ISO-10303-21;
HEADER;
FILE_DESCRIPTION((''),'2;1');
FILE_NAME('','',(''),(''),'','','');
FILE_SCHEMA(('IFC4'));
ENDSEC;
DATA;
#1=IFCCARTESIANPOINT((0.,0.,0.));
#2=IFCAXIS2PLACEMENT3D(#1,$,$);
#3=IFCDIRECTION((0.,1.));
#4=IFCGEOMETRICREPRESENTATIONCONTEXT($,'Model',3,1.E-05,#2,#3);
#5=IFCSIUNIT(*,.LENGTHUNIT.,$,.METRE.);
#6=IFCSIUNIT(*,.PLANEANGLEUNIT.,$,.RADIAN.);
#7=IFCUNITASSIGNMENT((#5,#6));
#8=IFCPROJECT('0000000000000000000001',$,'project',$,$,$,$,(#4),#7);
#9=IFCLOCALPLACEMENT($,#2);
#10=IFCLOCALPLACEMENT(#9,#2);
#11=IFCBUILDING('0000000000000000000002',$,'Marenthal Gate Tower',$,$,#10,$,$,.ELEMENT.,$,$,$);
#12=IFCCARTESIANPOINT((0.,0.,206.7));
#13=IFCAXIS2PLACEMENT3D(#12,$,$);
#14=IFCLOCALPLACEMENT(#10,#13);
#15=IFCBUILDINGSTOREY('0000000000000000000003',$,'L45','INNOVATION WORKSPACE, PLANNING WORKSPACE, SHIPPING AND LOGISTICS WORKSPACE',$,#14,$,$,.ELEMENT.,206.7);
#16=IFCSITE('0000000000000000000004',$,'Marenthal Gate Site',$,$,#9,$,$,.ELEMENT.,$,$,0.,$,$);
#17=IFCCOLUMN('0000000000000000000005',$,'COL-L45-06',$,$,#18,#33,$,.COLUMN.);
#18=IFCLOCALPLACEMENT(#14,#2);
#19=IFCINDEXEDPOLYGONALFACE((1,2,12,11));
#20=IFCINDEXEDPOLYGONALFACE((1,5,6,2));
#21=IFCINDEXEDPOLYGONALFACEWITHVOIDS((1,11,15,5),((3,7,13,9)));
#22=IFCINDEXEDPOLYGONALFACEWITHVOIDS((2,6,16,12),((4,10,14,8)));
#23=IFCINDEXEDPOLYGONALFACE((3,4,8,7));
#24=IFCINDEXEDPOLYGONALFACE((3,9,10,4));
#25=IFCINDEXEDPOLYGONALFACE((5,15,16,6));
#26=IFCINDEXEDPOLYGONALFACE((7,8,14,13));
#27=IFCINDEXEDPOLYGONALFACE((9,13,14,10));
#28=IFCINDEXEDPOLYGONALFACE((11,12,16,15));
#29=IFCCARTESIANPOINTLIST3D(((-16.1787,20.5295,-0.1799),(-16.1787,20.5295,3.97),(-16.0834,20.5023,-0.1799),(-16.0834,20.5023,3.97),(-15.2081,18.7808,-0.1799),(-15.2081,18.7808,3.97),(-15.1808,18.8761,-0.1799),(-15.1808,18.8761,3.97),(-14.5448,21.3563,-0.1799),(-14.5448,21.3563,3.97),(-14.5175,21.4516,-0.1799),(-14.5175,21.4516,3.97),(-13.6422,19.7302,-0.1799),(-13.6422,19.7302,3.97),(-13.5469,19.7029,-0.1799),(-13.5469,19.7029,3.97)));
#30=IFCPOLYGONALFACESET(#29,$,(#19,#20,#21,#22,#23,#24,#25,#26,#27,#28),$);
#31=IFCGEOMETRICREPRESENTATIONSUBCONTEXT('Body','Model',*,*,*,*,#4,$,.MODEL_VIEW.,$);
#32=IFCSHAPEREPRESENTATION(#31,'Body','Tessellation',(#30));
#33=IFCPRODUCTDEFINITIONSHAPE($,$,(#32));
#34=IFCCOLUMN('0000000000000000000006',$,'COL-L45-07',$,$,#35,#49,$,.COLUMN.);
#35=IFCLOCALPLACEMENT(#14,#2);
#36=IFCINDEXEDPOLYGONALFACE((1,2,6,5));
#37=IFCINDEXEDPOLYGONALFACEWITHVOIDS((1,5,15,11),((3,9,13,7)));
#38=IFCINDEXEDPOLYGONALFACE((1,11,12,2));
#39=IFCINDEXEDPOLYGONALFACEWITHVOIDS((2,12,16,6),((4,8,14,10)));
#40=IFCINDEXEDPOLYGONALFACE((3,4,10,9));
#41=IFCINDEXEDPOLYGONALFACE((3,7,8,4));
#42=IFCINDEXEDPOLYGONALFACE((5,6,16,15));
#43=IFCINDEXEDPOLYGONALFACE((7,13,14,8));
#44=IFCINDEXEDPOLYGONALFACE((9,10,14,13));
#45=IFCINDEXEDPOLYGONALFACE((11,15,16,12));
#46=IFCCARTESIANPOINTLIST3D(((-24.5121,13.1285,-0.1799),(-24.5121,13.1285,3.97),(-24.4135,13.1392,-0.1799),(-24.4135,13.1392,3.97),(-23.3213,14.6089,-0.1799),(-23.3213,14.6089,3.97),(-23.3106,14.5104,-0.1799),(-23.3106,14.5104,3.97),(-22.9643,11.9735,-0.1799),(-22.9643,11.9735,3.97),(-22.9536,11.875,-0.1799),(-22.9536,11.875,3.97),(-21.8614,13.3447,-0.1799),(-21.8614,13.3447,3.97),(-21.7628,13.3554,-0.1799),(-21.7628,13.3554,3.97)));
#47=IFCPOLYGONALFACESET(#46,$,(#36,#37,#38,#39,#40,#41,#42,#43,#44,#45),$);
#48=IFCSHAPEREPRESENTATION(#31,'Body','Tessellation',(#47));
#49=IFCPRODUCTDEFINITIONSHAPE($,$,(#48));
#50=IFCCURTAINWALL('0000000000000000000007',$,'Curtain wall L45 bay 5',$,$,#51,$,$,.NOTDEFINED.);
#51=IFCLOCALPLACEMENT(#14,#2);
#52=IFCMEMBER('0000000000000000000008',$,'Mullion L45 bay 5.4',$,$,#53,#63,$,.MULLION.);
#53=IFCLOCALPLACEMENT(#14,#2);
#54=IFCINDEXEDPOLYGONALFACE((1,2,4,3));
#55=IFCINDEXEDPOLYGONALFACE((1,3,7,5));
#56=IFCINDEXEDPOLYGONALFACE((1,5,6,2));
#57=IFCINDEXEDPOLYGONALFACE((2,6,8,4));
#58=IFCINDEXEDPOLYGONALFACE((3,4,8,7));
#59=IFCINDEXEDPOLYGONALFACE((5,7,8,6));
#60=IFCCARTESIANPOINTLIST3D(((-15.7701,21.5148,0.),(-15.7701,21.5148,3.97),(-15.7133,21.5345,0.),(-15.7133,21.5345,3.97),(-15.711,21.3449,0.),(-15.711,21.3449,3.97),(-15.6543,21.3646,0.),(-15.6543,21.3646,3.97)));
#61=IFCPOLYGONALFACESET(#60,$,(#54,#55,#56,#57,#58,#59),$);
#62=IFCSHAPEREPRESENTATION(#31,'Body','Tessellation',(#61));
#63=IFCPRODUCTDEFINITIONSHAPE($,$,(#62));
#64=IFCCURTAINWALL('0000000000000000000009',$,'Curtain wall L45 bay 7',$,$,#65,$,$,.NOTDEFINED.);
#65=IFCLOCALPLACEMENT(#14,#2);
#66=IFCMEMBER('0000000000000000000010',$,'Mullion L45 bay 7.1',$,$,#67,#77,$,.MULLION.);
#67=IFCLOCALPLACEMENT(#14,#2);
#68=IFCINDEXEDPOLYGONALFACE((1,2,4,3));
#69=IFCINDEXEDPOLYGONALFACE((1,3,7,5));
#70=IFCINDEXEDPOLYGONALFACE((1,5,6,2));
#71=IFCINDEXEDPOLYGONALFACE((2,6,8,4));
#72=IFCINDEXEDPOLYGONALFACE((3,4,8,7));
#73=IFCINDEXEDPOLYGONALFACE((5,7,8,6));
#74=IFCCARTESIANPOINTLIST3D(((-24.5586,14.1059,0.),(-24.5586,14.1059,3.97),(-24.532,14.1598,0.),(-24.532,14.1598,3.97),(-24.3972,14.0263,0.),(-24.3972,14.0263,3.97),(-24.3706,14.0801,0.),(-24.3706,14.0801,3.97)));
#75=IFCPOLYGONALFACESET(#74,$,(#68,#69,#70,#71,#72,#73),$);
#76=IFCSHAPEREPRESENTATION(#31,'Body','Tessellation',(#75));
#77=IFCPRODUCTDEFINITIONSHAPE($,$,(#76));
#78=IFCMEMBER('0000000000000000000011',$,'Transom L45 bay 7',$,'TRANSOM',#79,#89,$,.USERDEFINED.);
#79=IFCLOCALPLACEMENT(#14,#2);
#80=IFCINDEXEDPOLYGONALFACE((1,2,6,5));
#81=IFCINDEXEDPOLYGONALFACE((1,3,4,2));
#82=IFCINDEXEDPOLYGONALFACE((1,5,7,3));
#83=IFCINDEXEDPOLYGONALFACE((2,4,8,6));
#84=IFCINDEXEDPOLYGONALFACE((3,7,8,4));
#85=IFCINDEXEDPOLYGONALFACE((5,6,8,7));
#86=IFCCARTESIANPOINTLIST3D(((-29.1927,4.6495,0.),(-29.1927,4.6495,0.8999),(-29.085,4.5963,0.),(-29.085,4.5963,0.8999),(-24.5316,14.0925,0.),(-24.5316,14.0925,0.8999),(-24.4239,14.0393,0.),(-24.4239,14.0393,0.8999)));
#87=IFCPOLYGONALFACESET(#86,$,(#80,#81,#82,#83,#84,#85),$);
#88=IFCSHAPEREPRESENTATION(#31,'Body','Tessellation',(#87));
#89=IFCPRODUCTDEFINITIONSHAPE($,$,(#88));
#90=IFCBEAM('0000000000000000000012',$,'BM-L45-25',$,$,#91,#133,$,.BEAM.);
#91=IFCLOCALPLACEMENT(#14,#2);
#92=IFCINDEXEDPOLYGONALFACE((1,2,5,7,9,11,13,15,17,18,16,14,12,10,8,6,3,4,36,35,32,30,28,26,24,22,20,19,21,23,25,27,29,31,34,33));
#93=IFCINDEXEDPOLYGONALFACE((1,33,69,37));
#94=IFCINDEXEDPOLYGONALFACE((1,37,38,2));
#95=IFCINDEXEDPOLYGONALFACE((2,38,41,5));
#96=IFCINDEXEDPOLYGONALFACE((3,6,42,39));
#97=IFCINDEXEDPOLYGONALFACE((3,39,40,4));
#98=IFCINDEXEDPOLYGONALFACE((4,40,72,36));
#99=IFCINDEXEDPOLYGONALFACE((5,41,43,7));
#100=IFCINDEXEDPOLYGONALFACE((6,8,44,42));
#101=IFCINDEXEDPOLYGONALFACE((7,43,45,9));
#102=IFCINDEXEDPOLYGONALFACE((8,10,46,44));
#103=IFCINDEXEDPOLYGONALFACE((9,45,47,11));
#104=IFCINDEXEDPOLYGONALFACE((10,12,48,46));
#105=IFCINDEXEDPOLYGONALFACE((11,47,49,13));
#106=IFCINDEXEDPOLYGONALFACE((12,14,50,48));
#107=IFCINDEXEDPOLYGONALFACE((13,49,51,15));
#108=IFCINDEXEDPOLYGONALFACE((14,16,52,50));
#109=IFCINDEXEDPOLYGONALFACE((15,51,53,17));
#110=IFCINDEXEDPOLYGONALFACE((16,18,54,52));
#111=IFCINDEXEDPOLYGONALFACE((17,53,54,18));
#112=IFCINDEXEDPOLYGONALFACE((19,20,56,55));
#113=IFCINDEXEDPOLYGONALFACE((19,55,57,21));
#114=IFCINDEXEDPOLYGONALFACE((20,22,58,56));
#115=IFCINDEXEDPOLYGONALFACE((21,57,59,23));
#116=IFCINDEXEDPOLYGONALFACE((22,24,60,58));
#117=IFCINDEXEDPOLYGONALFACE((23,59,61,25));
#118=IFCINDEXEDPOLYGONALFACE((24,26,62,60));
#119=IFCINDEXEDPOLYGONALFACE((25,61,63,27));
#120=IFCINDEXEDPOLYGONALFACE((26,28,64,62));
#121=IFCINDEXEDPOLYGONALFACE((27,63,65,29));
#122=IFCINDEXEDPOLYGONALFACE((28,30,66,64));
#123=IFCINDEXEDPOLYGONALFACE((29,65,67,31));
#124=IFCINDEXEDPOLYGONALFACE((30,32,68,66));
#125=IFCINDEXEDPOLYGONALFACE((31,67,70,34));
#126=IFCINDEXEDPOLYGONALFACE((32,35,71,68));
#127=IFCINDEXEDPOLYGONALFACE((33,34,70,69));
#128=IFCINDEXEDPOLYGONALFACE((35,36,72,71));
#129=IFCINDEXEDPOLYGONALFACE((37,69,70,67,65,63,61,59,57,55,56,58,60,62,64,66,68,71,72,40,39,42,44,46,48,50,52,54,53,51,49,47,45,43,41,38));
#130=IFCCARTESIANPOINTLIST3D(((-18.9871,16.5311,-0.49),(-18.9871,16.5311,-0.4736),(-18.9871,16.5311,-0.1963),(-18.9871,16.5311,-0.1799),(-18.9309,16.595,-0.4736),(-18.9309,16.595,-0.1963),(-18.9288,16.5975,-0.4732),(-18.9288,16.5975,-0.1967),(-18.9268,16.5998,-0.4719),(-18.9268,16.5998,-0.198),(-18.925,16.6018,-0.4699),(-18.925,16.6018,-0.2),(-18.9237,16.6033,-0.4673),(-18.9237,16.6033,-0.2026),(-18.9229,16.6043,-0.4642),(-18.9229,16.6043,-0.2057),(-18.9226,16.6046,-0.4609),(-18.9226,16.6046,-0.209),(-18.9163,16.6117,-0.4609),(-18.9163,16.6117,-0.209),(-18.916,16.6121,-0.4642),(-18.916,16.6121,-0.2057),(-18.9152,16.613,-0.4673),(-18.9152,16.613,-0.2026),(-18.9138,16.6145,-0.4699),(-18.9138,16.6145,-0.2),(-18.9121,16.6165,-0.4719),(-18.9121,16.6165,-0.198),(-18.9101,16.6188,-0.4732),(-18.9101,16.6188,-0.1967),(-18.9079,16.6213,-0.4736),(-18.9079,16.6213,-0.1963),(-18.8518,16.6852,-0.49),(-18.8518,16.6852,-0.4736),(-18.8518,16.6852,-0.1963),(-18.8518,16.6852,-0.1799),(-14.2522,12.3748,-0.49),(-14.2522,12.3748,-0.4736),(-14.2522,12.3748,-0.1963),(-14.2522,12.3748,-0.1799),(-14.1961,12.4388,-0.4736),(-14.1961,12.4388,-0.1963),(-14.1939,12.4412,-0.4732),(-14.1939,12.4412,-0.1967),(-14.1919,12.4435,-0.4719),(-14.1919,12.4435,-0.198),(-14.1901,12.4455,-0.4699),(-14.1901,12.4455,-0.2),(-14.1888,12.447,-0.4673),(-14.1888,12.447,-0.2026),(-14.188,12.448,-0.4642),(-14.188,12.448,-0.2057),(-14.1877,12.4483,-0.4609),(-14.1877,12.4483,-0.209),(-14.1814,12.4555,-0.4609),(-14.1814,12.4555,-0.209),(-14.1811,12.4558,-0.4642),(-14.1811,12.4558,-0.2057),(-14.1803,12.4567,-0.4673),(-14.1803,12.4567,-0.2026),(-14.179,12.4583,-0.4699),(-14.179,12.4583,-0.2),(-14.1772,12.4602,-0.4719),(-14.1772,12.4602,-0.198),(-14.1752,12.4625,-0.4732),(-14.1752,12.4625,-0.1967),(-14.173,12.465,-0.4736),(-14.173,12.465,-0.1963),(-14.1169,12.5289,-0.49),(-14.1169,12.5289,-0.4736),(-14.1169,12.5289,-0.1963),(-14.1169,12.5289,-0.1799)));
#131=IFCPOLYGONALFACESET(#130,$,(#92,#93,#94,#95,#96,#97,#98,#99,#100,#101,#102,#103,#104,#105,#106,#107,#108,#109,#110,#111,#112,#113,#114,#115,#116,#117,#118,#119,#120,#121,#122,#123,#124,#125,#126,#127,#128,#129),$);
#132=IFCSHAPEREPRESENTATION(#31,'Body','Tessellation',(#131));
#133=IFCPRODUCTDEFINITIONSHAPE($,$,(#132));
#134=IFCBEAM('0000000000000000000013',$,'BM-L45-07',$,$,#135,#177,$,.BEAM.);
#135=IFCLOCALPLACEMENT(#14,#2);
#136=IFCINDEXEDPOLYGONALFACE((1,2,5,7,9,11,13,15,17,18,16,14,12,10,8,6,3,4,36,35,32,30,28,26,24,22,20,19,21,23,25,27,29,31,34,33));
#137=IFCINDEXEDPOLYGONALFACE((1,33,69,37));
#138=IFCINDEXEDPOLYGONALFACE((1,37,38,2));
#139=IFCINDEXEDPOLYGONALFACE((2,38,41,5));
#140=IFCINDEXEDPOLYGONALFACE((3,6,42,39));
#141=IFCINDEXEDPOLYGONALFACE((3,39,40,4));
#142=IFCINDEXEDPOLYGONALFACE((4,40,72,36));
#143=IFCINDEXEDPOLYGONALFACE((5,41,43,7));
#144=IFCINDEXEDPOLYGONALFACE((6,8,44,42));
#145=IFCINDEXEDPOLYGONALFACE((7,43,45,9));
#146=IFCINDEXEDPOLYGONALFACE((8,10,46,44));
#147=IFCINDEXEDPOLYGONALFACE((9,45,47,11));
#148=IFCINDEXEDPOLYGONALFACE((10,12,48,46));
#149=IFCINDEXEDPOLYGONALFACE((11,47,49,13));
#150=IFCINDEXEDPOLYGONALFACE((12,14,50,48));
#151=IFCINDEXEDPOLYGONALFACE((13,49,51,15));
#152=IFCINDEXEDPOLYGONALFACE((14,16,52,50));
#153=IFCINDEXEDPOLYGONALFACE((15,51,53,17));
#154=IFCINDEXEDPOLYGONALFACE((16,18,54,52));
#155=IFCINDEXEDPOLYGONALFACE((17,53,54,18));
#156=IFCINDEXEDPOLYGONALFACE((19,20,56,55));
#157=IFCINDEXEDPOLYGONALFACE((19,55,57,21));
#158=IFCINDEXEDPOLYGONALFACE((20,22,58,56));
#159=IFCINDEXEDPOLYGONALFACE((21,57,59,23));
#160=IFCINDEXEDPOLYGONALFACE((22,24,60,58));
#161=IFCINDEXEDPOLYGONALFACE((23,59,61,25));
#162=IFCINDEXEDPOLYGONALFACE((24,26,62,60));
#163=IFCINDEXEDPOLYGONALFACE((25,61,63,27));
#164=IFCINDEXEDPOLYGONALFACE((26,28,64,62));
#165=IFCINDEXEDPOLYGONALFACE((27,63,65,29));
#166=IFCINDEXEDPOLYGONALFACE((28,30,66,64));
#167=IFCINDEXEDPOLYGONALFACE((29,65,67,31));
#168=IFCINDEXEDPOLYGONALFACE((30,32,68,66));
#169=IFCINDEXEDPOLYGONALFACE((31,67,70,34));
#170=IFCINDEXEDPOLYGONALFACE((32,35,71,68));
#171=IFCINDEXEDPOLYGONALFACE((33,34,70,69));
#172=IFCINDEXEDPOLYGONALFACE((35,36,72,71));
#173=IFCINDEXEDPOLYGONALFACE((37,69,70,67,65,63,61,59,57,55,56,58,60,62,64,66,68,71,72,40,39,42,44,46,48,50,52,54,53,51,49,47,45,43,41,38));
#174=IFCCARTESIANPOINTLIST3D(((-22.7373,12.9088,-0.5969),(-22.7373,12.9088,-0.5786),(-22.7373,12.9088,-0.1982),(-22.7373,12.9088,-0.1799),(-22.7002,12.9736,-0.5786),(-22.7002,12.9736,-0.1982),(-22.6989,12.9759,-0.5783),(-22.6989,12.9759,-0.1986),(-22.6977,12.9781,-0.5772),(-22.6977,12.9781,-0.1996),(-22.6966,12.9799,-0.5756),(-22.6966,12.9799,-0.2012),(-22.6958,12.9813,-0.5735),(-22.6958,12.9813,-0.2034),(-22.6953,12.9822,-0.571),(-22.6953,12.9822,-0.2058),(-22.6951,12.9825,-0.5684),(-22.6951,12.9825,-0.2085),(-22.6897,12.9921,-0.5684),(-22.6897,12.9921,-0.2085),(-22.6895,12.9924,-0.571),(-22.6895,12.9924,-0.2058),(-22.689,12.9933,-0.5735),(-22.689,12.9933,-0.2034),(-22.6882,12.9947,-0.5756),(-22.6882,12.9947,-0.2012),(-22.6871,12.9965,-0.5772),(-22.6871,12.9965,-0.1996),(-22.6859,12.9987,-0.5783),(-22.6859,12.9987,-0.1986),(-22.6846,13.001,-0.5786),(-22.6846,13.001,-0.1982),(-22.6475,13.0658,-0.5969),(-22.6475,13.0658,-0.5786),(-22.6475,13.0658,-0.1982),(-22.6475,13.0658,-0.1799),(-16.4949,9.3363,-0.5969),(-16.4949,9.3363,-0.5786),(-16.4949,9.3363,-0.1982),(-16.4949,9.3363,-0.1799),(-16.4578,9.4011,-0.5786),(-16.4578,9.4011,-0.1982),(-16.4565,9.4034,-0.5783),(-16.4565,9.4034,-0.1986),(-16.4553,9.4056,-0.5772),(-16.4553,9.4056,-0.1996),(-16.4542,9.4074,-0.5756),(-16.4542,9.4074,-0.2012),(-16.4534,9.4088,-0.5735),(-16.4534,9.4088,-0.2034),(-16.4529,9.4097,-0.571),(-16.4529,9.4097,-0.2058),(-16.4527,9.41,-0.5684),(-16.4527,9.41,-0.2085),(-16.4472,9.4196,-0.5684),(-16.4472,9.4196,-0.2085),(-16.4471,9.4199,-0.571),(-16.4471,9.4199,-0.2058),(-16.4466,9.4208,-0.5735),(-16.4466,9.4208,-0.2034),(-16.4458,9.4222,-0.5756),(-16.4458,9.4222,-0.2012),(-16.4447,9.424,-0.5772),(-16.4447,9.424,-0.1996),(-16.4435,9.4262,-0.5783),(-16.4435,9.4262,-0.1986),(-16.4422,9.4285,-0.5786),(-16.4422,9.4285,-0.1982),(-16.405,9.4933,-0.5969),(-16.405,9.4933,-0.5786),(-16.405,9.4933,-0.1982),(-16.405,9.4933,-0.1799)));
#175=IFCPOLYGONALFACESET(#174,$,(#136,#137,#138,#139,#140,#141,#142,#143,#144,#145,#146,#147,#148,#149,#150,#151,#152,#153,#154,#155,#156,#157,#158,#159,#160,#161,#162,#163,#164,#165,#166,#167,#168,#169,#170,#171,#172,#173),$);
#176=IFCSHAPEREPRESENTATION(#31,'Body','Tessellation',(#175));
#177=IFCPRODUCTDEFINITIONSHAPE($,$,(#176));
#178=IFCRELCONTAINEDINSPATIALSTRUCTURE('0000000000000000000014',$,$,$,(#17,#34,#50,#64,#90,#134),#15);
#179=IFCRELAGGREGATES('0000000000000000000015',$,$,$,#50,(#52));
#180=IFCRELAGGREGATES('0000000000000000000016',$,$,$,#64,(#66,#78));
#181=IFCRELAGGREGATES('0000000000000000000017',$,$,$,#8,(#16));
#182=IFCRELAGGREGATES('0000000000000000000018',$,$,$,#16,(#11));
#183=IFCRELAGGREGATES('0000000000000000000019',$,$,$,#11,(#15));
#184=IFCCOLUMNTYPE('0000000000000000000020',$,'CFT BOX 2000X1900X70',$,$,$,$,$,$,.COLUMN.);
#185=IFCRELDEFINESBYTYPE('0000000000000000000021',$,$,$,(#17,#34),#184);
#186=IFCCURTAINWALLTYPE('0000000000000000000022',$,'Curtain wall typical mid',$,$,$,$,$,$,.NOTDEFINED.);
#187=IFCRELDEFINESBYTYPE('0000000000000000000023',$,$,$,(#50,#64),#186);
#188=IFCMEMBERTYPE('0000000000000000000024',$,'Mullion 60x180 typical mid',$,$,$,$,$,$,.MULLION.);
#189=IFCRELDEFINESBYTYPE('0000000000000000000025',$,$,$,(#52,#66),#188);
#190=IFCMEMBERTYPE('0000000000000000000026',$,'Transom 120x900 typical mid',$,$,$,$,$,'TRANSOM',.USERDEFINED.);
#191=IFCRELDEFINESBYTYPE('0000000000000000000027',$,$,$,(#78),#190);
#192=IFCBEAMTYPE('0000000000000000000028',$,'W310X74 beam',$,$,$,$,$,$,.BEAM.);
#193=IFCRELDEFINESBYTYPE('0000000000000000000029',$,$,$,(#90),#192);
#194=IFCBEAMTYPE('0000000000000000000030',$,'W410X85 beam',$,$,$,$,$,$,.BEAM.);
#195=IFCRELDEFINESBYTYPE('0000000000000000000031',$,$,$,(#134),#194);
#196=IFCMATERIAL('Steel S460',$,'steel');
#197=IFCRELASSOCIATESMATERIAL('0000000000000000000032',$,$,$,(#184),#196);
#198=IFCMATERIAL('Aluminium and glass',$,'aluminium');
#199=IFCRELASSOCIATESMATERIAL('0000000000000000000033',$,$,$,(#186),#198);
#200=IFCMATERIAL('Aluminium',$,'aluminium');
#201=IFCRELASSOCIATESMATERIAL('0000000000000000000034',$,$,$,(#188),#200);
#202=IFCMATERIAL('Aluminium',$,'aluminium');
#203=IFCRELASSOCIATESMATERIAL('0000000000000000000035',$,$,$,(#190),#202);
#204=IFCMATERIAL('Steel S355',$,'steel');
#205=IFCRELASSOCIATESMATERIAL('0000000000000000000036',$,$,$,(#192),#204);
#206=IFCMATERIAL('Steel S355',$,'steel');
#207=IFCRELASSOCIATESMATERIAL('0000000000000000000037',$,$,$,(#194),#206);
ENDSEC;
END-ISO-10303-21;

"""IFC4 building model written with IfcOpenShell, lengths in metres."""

from ifc_helpers import new_model, si_unit, direction, frame, origin, origin_2d, place, context, subcontext, project, spatial, rectangle, hollow_rectangle, i_section, extrude, material, material_profile, profile_set, type_object, element, aggregate, save


model = new_model("IFC4")

# Units and contexts
model_context = context("Model", 3, precision=1e-05, world=origin(), true_north=direction((0.0, 1.0)))
body_context = subcontext(model_context, "Body", "Model", "MODEL_VIEW")
ifc_project = project(units=[si_unit("LENGTHUNIT", "METRE"), si_unit("PLANEANGLEUNIT", "RADIAN")], contexts=[model_context])

# Site, building, storey
site_placement = place(None, origin())
site = spatial("IfcSite", under=ifc_project, at=site_placement, Name="Marenthal Gate Site", CompositionType="ELEMENT", RefElevation=0.0)
building_placement = place(site_placement, origin())
building = spatial("IfcBuilding", under=site, at=building_placement, Name="Marenthal Gate Tower", CompositionType="ELEMENT")
storey_placement = place(building_placement, frame((0.0, 0.0, 206.7)))
storey = spatial("IfcBuildingStorey", under=building, at=storey_placement, Name="L45", Description="INNOVATION WORKSPACE, PLANNING WORKSPACE, SHIPPING AND LOGISTICS WORKSPACE", CompositionType="ELEMENT", Elevation=206.7)

# Columns
ifc_material_1 = material(Name="Steel S460", Category="steel")
ifc_material_profile_1 = material_profile(ifc_material_1, hollow_rectangle(XDim=1.8999, YDim=2.0, WallThickness=0.0701, at=origin_2d()), Name="CFT BOX 2000X1900X70")
ifc_material_2 = material(Name="Concrete 70 MPa", Category="concrete")
ifc_material_profile_2 = material_profile(ifc_material_2, rectangle(XDim=1.76, YDim=1.8601, at=origin_2d()), Name="CFT BOX 2000X1900X70 INFILL")
ifc_profile_set_1 = profile_set([ifc_material_profile_1, ifc_material_profile_2], Name="Steel S460 shell, Concrete 70 MPa infill")
column_type = type_object("IfcColumnType", Name="CFT BOX 2000X1900X70", PredefinedType="COLUMN", material=ifc_profile_set_1)
for number, where, z_axis, x_axis, name in (
    (1, (-14.8628, 20.1162, -0.1799), (0.0, 0.0, 1.0), (0.874337, 0.485319, 0.0), "COL-L45-06"),
    (2, (-23.1375, 13.2419, -0.1799), (0.0, 0.0, 1.0), (0.626752, 0.779219, 0.0), "COL-L45-07"),
):
    element("IfcColumn", number, at=place(storey_placement, frame(where, z_axis=z_axis, x_axis=x_axis)), inside=storey, type_object=column_type, Name=name, PredefinedType="COLUMN", context=body_context, shape_type="SweptSolid", body=[
        extrude(hollow_rectangle(XDim=1.8999, YDim=2.0, WallThickness=0.0701, at=origin_2d()), origin(), (0.0, 0.0, 1.0), 4.1499),
    ])

# Curtain wall, member
ifc_material_3 = material(Name="Aluminium and glass", Category="aluminium")
curtain_wall_type = type_object("IfcCurtainWallType", Name="Curtain wall typical mid", PredefinedType="NOTDEFINED", material=ifc_material_3)
curtain_wall_1_placement = place(storey_placement, origin())
curtain_wall_1 = element("IfcCurtainWall", 3, at=curtain_wall_1_placement, inside=storey, type_object=curtain_wall_type, Name="Curtain wall L45 bay 5", PredefinedType="NOTDEFINED")
ifc_material_4 = material(Name="Aluminium", Category="aluminium")
ifc_material_profile_3 = material_profile(ifc_material_4, rectangle(XDim=0.1799, YDim=0.0601, at=origin_2d()), Name="60x180 aluminium mullion")
ifc_profile_set_2 = profile_set([ifc_material_profile_3], Name="Aluminium")
member_type_1 = type_object("IfcMemberType", Name="Mullion 60x180 typical mid", PredefinedType="MULLION", material=ifc_profile_set_2)
member_1_placement = place(storey_placement, frame((-15.7122, 21.4397, 0.0), z_axis=(0.0, 0.0, 1.0), x_axis=(0.328332, -0.944562, 0.0)))
member_1 = element("IfcMember", 4, at=member_1_placement, type_object=member_type_1, Name="Mullion L45 bay 5.4", PredefinedType="MULLION", context=body_context, shape_type="SweptSolid", body=[
    extrude(rectangle(XDim=0.1799, YDim=0.0601, at=origin_2d()), origin(), (0.0, 0.0, 1.0), 3.97),
])
aggregate(curtain_wall_1, [member_1])

# Curtain wall, members
curtain_wall_2_placement = place(storey_placement, origin())
curtain_wall_2 = element("IfcCurtainWall", 5, at=curtain_wall_2_placement, inside=storey, type_object=curtain_wall_type, Name="Curtain wall L45 bay 7", PredefinedType="NOTDEFINED")
member_2_placement = place(storey_placement, frame((-24.4646, 14.093, 0.0), z_axis=(0.0, 0.0, 1.0), x_axis=(0.896716, -0.442607, 0.0)))
member_2 = element("IfcMember", 6, at=member_2_placement, type_object=member_type_1, Name="Mullion L45 bay 7.1", PredefinedType="MULLION", context=body_context, shape_type="SweptSolid", body=[
    extrude(rectangle(XDim=0.1799, YDim=0.0601, at=origin_2d()), origin(), (0.0, 0.0, 1.0), 3.97),
])
ifc_material_5 = material(Name="Aluminium", Category="aluminium")
ifc_material_profile_4 = material_profile(ifc_material_5, rectangle(XDim=0.1201, YDim=0.8999, at=origin_2d()), Name="120x900 aluminium transom")
ifc_profile_set_3 = profile_set([ifc_material_profile_4], Name="Aluminium")
member_type_2 = type_object("IfcMemberType", Name="Transom 120x900 typical mid", ElementType="TRANSOM", PredefinedType="USERDEFINED", material=ifc_profile_set_3)
member_3_placement = place(storey_placement, frame((-24.4778, 14.0659, 0.45), z_axis=(-0.442617, -0.896711, 0.0), x_axis=(0.896711, -0.442617, 0.0)))
member_3 = element("IfcMember", 7, at=member_3_placement, type_object=member_type_2, Name="Transom L45 bay 7", ObjectType="TRANSOM", PredefinedType="USERDEFINED", context=body_context, shape_type="SweptSolid", body=[
    extrude(rectangle(XDim=0.1201, YDim=0.8999, at=origin_2d()), origin(), (0.0, 0.0, 1.0), 10.5308),
])

# Beams
ifc_material_6 = material(Name="Steel S355", Category="steel")
ifc_material_profile_5 = material_profile(ifc_material_6, i_section(OverallWidth=0.2051, OverallDepth=0.3101, WebThickness=0.0095, FlangeThickness=0.0164, FilletRadius=0.0127, at=origin_2d()), Name="W310X74")
ifc_profile_set_4 = profile_set([ifc_material_profile_5], Name="Steel S355")
beam_type_1 = type_object("IfcBeamType", Name="W310X74 beam", PredefinedType="BEAM", material=ifc_profile_set_4)
beam_1_placement = place(storey_placement, frame((-18.9194, 16.6082, -0.335), z_axis=(0.751534, -0.659694, 0.0), x_axis=(0.659694, 0.751534, 0.0)))
element("IfcBeam", 8, at=beam_1_placement, inside=storey, type_object=beam_type_1, Name="BM-L45-25", PredefinedType="BEAM", context=body_context, shape_type="SweptSolid", body=[
    extrude(i_section(OverallWidth=0.2051, OverallDepth=0.3101, WebThickness=0.0095, FlangeThickness=0.0164, FilletRadius=0.0127, at=origin_2d()), origin(), (0.0, 0.0, 1.0), 6.3003),
])
ifc_material_7 = material(Name="Steel S355", Category="steel")
ifc_material_profile_6 = material_profile(ifc_material_7, i_section(OverallWidth=0.1809, OverallDepth=0.417, WebThickness=0.011, FlangeThickness=0.0183, FilletRadius=0.0103, at=origin_2d()), Name="W410X85")
ifc_profile_set_5 = profile_set([ifc_material_profile_6], Name="Steel S355")
beam_type_2 = type_object("IfcBeamType", Name="W410X85 beam", PredefinedType="BEAM", material=ifc_profile_set_5)
beam_2_placement = place(storey_placement, frame((-22.6924, 12.9873, -0.3884), z_axis=(0.867919, -0.496705, 0.0), x_axis=(0.496705, 0.867919, 0.0)))
element("IfcBeam", 9, at=beam_2_placement, inside=storey, type_object=beam_type_2, Name="BM-L45-07", PredefinedType="BEAM", context=body_context, shape_type="SweptSolid", body=[
    extrude(i_section(OverallWidth=0.1809, OverallDepth=0.417, WebThickness=0.011, FlangeThickness=0.0183, FilletRadius=0.0103, at=origin_2d()), origin(), (0.0, 0.0, 1.0), 7.1924),
])

aggregate(curtain_wall_2, [member_2, member_3])

save(model, "model.ifc")
